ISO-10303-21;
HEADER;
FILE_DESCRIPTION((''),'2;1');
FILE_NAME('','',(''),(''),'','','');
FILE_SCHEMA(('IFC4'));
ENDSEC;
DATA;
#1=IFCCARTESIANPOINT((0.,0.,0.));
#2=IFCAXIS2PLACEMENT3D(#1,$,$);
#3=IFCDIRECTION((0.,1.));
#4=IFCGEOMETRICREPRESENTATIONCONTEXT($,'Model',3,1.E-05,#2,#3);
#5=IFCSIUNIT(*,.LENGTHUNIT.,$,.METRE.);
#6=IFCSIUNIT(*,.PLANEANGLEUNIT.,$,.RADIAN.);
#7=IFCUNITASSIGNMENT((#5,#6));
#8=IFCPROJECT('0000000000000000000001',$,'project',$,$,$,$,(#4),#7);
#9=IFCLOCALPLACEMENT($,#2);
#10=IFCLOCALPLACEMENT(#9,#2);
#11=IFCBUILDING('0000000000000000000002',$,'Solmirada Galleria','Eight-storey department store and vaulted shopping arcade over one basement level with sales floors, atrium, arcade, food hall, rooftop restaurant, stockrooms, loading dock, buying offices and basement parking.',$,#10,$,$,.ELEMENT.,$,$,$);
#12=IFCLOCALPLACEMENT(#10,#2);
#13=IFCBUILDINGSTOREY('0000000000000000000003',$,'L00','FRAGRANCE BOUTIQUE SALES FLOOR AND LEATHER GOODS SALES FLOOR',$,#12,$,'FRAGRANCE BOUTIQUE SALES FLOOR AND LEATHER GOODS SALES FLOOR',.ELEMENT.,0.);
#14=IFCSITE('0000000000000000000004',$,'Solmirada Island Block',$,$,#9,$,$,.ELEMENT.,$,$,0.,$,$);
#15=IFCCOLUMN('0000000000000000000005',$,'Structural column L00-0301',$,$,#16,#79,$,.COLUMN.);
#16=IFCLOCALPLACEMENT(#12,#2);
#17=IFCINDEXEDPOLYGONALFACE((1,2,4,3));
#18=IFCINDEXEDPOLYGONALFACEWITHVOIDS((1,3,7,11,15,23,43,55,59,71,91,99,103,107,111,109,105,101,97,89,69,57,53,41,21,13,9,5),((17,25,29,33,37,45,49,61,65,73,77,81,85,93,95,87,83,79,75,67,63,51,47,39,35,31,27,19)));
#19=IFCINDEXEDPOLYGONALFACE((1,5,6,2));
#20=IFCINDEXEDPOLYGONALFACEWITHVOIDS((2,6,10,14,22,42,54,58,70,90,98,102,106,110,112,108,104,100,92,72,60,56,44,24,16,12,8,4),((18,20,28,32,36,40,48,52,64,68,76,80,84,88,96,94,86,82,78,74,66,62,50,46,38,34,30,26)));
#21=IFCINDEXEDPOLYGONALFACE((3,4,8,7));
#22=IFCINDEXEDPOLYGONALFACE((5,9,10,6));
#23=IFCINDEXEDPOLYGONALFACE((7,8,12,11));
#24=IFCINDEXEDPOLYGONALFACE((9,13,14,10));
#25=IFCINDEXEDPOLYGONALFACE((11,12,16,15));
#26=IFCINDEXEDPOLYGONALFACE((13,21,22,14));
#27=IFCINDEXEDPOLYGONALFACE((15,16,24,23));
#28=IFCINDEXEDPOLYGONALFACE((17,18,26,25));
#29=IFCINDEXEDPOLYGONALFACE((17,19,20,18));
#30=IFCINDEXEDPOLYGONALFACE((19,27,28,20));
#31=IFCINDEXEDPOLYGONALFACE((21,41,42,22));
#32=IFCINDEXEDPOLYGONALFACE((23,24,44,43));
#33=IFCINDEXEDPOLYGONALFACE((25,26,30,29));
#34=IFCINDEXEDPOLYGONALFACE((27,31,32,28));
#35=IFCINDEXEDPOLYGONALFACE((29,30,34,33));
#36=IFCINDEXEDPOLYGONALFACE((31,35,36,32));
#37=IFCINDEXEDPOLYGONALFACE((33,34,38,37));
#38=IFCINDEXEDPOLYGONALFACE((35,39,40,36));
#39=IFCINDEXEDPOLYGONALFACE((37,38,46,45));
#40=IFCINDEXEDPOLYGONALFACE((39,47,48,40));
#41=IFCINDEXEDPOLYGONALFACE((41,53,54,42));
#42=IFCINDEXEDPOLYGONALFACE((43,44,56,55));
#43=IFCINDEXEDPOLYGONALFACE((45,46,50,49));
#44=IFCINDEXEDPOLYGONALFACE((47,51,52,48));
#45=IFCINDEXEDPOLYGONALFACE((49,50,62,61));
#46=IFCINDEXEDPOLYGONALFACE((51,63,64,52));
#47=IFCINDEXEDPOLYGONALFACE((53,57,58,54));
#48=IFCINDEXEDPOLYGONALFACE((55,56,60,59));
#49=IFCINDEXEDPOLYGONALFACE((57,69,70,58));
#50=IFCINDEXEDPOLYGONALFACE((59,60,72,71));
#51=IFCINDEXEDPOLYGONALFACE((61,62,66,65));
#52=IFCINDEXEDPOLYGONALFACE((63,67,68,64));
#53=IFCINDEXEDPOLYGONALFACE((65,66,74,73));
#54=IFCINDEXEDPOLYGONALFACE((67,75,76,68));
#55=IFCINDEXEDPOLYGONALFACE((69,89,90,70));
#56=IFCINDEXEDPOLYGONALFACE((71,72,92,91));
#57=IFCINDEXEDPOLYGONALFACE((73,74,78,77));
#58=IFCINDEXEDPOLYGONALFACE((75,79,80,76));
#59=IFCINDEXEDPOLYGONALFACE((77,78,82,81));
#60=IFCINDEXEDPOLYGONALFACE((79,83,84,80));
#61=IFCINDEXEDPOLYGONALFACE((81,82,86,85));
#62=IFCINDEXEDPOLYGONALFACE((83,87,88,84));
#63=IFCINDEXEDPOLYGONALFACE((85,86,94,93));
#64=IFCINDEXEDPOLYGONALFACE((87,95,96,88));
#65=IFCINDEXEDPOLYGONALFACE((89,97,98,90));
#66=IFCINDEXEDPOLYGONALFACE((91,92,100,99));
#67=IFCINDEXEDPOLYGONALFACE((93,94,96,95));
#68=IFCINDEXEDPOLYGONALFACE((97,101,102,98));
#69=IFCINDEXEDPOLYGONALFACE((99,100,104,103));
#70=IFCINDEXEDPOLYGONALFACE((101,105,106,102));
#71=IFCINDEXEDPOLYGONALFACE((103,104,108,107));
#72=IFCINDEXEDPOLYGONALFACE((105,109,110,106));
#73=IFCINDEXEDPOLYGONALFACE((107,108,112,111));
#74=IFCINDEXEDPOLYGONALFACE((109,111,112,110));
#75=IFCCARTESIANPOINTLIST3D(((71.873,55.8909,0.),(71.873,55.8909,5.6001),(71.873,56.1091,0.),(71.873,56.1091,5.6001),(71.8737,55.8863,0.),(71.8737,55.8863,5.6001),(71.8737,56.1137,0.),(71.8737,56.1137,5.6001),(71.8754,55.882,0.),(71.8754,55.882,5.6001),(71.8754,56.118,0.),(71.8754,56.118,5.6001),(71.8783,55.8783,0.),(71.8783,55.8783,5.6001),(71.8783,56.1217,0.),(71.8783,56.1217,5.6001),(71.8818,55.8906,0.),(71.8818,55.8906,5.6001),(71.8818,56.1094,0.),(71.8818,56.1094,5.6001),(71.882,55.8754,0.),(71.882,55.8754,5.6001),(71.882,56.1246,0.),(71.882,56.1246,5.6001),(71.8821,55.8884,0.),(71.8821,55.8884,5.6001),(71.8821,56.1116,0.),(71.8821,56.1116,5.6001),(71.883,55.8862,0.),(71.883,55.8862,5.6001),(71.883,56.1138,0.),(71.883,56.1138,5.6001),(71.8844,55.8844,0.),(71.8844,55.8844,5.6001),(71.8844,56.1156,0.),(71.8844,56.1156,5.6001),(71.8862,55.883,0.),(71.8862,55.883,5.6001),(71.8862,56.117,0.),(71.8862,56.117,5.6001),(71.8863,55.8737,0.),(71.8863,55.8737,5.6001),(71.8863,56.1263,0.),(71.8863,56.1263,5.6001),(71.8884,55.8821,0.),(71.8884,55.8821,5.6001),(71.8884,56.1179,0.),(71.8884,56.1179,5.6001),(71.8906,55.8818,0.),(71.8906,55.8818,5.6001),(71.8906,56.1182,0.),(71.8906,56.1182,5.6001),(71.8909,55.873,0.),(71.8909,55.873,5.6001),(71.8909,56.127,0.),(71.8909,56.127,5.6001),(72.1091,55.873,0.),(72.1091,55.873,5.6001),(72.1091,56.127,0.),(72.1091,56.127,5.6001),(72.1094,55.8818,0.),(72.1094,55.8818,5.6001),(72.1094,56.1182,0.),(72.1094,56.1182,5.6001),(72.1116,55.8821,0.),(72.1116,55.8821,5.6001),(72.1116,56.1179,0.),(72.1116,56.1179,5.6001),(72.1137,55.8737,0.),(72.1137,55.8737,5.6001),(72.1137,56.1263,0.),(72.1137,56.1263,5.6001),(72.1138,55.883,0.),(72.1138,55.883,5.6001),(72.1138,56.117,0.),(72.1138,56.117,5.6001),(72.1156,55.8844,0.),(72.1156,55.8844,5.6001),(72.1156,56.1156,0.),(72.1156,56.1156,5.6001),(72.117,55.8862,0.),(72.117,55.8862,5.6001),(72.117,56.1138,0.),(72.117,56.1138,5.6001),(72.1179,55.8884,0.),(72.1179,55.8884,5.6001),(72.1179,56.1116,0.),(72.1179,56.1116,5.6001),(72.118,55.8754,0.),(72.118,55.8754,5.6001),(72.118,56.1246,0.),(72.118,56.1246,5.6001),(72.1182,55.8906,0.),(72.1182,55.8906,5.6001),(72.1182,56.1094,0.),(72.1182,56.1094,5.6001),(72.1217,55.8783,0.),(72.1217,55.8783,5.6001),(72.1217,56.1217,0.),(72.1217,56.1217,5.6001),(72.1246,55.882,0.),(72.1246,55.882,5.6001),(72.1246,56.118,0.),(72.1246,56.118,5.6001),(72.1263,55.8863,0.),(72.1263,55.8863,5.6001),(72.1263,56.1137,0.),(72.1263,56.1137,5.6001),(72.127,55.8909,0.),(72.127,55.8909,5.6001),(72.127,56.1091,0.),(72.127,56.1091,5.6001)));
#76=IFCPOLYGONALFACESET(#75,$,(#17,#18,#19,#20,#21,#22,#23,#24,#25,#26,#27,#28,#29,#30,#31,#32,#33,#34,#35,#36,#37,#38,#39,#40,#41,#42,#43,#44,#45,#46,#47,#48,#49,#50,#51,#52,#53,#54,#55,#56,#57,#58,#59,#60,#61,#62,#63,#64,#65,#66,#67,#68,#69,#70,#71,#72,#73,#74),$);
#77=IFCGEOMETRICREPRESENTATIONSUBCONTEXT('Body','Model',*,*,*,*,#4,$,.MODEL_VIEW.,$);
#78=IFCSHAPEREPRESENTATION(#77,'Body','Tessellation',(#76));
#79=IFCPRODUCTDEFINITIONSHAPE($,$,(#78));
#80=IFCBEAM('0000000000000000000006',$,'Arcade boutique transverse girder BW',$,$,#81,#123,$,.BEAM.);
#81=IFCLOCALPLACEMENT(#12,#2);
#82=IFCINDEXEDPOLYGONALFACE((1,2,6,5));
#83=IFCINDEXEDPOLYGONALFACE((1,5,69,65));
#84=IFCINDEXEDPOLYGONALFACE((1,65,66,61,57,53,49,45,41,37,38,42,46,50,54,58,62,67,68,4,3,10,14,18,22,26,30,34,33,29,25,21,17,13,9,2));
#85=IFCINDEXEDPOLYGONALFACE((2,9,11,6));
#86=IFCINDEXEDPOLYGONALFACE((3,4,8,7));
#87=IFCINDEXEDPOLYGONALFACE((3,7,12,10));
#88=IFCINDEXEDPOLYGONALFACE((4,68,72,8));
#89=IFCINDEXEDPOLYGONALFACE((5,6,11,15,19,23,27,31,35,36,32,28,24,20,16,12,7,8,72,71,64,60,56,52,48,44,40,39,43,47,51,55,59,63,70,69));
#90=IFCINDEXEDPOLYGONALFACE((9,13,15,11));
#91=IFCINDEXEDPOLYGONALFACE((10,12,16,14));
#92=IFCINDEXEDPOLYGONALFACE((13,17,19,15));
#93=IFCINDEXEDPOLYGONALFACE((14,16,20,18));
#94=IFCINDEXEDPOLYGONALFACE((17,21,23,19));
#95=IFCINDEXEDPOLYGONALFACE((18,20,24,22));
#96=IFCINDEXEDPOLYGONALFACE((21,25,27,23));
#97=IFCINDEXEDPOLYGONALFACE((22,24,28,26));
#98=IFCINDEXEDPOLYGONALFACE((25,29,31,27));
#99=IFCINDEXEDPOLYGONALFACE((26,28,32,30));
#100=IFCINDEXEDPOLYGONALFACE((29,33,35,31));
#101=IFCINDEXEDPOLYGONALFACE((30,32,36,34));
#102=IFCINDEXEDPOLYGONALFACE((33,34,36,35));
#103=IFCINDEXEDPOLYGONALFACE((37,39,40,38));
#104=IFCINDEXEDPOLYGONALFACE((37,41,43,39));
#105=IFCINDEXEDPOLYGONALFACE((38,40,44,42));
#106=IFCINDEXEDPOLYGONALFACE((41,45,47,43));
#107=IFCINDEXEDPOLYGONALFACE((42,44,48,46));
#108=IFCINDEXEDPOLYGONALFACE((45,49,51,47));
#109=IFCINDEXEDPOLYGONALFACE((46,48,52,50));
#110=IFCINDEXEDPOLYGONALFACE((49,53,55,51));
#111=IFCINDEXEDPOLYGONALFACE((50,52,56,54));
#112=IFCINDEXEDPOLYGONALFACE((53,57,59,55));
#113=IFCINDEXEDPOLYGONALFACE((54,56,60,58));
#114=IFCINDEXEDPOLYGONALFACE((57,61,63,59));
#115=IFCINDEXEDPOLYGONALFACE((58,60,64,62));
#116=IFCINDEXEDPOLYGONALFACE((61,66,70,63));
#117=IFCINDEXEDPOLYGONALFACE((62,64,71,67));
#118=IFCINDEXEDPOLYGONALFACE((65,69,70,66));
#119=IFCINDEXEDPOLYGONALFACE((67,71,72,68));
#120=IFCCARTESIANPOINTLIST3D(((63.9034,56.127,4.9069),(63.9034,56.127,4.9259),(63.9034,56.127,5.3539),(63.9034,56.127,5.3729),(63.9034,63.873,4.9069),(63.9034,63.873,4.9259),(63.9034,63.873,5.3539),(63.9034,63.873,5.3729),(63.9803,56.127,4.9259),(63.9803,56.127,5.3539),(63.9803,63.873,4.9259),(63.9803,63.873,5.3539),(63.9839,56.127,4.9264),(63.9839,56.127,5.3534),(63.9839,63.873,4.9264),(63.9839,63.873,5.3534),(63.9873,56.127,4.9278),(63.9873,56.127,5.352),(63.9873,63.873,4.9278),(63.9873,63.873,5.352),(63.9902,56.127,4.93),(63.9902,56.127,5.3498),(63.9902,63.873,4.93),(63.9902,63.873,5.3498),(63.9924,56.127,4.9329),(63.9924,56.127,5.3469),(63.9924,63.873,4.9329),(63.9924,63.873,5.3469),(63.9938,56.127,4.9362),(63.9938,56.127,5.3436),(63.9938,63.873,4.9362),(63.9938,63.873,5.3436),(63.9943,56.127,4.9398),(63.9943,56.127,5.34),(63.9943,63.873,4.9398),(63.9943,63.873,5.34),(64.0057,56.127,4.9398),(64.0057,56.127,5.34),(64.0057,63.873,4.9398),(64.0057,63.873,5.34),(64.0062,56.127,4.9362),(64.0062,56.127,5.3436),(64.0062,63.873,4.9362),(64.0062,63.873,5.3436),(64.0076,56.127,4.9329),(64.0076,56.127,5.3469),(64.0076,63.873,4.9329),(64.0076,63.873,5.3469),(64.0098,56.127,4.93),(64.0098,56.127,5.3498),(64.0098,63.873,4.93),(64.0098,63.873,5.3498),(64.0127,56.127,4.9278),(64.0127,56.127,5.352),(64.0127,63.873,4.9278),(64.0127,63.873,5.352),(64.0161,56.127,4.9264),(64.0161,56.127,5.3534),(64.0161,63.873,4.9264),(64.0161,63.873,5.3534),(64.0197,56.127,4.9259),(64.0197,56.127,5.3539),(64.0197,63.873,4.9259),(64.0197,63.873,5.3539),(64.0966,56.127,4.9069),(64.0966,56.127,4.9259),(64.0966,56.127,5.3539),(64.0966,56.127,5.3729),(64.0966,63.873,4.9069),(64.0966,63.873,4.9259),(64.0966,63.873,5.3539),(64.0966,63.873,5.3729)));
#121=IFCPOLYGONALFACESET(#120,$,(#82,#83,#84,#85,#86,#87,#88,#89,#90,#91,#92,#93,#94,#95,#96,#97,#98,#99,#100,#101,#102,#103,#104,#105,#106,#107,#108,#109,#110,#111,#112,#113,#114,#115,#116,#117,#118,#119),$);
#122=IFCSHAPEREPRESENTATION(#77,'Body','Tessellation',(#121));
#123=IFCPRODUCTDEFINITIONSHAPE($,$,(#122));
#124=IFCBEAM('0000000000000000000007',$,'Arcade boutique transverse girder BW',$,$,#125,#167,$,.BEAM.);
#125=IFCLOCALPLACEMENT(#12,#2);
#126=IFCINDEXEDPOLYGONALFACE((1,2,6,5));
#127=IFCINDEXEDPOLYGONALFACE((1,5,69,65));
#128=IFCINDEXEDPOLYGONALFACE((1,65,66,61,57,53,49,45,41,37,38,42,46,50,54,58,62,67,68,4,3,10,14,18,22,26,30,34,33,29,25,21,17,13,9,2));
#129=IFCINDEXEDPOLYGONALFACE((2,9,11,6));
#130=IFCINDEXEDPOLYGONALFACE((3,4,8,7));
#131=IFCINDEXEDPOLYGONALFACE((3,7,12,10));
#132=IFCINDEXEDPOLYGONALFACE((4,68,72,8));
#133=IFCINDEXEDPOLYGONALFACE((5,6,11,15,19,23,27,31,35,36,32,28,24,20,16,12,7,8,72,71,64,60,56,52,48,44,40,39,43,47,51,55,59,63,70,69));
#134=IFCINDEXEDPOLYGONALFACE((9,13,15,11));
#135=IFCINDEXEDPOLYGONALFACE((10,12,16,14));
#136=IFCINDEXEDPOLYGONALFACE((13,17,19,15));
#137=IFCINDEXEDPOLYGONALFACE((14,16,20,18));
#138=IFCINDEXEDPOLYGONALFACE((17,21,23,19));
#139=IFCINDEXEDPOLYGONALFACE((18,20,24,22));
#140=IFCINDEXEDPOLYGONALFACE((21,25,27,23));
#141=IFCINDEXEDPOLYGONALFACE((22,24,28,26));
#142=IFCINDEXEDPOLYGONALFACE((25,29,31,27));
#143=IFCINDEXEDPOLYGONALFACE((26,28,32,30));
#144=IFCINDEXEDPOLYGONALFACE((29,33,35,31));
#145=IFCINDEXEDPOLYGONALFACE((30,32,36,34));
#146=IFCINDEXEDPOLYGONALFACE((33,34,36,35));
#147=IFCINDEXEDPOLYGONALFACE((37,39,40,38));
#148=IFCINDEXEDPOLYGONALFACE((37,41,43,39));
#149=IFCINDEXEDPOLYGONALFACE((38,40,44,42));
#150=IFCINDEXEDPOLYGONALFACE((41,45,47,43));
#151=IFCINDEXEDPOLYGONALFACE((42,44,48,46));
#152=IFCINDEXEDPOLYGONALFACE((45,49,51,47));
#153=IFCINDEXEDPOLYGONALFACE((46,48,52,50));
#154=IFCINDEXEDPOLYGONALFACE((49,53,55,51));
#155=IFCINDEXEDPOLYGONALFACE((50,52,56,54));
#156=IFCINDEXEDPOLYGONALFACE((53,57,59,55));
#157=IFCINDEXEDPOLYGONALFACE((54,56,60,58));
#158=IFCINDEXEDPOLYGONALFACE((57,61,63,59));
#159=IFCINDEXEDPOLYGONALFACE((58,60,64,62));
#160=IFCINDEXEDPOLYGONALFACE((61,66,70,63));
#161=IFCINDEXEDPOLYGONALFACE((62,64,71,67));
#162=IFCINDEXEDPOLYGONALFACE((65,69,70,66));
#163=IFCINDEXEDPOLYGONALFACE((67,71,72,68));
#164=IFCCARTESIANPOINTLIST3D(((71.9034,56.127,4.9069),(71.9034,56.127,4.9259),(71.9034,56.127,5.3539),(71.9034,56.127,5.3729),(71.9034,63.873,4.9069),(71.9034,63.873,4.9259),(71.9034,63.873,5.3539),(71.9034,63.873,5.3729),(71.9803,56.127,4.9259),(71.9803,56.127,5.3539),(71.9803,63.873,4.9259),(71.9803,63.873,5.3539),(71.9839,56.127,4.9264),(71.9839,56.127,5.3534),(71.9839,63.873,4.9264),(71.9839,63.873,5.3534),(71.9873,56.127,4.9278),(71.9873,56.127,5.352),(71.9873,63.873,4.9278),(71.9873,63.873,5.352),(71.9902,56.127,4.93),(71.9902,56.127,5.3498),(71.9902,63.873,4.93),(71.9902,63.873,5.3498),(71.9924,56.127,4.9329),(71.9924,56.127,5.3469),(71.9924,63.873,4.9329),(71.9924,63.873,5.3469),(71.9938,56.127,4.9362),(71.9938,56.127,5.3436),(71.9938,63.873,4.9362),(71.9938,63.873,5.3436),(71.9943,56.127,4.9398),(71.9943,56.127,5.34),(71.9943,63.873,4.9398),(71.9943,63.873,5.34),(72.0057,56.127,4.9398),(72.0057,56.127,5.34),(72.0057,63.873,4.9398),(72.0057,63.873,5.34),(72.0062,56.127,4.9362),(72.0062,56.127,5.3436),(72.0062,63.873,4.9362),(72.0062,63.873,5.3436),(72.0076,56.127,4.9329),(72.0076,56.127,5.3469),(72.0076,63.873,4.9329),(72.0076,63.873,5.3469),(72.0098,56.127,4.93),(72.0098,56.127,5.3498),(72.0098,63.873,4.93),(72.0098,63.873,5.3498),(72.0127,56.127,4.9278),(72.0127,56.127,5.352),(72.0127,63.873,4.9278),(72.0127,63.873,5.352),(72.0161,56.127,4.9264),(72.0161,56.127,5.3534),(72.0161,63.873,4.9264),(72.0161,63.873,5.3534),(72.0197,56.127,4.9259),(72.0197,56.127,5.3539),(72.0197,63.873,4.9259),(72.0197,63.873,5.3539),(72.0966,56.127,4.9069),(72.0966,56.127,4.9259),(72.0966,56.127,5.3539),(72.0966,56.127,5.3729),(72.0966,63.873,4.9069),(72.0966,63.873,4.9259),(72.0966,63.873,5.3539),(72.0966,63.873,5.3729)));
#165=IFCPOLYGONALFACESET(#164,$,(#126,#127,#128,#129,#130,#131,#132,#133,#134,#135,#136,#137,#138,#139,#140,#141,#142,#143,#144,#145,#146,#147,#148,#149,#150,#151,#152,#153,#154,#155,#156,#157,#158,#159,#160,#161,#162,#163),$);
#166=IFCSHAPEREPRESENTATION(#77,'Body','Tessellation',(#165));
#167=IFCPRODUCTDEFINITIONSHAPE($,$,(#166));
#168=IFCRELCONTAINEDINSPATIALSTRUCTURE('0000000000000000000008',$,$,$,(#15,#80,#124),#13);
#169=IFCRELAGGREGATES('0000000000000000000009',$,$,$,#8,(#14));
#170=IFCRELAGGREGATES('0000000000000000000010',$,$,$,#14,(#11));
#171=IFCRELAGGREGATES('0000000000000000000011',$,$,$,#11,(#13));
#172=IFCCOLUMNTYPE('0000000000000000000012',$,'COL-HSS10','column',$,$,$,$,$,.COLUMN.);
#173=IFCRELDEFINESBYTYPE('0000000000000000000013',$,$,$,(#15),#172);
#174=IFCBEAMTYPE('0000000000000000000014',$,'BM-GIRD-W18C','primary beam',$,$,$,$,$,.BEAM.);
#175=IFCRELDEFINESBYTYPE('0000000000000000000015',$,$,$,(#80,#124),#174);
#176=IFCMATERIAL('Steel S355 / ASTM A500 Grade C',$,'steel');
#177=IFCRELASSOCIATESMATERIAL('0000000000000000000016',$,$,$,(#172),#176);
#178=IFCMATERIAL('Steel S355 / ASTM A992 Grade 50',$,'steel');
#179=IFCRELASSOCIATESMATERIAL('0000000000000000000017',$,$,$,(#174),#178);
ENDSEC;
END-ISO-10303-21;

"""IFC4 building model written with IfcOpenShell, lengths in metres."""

from ifc_helpers import new_model, si_unit, direction, frame, origin, origin_2d, place, context, subcontext, project, spatial, hollow_rectangle, i_section, extrude, material, material_profile, profile_set, type_object, element, save


model = new_model("IFC4")

# Units and contexts
model_context = context("Model", 3, precision=1e-05, world=origin(), true_north=direction((0.0, 1.0)))
body_context = subcontext(model_context, "Body", "Model", "MODEL_VIEW")
ifc_project = project(units=[si_unit("LENGTHUNIT", "METRE"), si_unit("PLANEANGLEUNIT", "RADIAN")], contexts=[model_context])

# Site, building, storey
site_placement = place(None, origin())
site = spatial("IfcSite", under=ifc_project, at=site_placement, Name="Solmirada Island Block", CompositionType="ELEMENT", RefElevation=0.0)
building_placement = place(site_placement, origin())
building = spatial("IfcBuilding", under=site, at=building_placement, Name="Solmirada Galleria", Description="Eight-storey department store and vaulted shopping arcade over one basement level with sales floors, atrium, arcade, food hall, rooftop restaurant, stockrooms, loading dock, buying offices and basement parking.", CompositionType="ELEMENT")
storey_placement = place(building_placement, origin())
storey = spatial("IfcBuildingStorey", under=building, at=storey_placement, Name="L00", Description="FRAGRANCE BOUTIQUE SALES FLOOR AND LEATHER GOODS SALES FLOOR", LongName="FRAGRANCE BOUTIQUE SALES FLOOR AND LEATHER GOODS SALES FLOOR", CompositionType="ELEMENT", Elevation=0.0)

# Column
ifc_material_1 = material(Name="Steel S355 / ASTM A500 Grade C", Category="steel")
ifc_material_profile_1 = material_profile(ifc_material_1, hollow_rectangle(XDim=0.2539, YDim=0.2539, WallThickness=0.0088, InnerFilletRadius=0.0088, OuterFilletRadius=0.0178, at=origin_2d()), Name="HSS10X10X3/8")
ifc_profile_set_1 = profile_set([ifc_material_profile_1], Name="Steel S355 / ASTM A500 Grade C")
column_type = type_object("IfcColumnType", Name="COL-HSS10", Description="column", PredefinedType="COLUMN", material=ifc_profile_set_1)
column_placement = place(storey_placement, frame((72.0, 56.0, 0.0), z_axis=(0.0, 0.0, 1.0), x_axis=(1.0, 0.0, 0.0)))
element("IfcColumn", 1, at=column_placement, inside=storey, type_object=column_type, Name="Structural column L00-0301", PredefinedType="COLUMN", context=body_context, shape_type="SweptSolid", body=[
    extrude(hollow_rectangle(XDim=0.2539, YDim=0.2539, WallThickness=0.0088, InnerFilletRadius=0.0088, OuterFilletRadius=0.0178, at=origin_2d()), origin(), (0.0, 0.0, 1.0), 5.6001),
])

# Beams
ifc_material_2 = material(Name="Steel S355 / ASTM A992 Grade 50", Category="steel")
ifc_material_profile_2 = material_profile(ifc_material_2, i_section(OverallWidth=0.1931, OverallDepth=0.4661, WebThickness=0.0115, FlangeThickness=0.019, FilletRadius=0.0139, at=origin_2d()), Name="W18X65")
ifc_profile_set_2 = profile_set([ifc_material_profile_2], Name="Steel S355 / ASTM A992 Grade 50")
beam_type = type_object("IfcBeamType", Name="BM-GIRD-W18C", Description="primary beam", PredefinedType="BEAM", material=ifc_profile_set_2)
for number, where, z_axis, x_axis, name in (
    (2, (64.0, 56.127, 5.1399), (0.0, 1.0, 0.0), (-1.0, 0.0, 0.0), "Arcade boutique transverse girder BW"),
    (3, (72.0, 56.127, 5.1399), (0.0, 1.0, 0.0), (-1.0, 0.0, 0.0), "Arcade boutique transverse girder BW"),
):
    element("IfcBeam", number, at=place(storey_placement, frame(where, z_axis=z_axis, x_axis=x_axis)), inside=storey, type_object=beam_type, Name=name, PredefinedType="BEAM", context=body_context, shape_type="SweptSolid", body=[
        extrude(i_section(OverallWidth=0.1931, OverallDepth=0.4661, WebThickness=0.0115, FlangeThickness=0.019, FilletRadius=0.0139, at=origin_2d()), origin(), (0.0, 0.0, 1.0), 7.7461),
    ])

save(model, "model.ifc")
